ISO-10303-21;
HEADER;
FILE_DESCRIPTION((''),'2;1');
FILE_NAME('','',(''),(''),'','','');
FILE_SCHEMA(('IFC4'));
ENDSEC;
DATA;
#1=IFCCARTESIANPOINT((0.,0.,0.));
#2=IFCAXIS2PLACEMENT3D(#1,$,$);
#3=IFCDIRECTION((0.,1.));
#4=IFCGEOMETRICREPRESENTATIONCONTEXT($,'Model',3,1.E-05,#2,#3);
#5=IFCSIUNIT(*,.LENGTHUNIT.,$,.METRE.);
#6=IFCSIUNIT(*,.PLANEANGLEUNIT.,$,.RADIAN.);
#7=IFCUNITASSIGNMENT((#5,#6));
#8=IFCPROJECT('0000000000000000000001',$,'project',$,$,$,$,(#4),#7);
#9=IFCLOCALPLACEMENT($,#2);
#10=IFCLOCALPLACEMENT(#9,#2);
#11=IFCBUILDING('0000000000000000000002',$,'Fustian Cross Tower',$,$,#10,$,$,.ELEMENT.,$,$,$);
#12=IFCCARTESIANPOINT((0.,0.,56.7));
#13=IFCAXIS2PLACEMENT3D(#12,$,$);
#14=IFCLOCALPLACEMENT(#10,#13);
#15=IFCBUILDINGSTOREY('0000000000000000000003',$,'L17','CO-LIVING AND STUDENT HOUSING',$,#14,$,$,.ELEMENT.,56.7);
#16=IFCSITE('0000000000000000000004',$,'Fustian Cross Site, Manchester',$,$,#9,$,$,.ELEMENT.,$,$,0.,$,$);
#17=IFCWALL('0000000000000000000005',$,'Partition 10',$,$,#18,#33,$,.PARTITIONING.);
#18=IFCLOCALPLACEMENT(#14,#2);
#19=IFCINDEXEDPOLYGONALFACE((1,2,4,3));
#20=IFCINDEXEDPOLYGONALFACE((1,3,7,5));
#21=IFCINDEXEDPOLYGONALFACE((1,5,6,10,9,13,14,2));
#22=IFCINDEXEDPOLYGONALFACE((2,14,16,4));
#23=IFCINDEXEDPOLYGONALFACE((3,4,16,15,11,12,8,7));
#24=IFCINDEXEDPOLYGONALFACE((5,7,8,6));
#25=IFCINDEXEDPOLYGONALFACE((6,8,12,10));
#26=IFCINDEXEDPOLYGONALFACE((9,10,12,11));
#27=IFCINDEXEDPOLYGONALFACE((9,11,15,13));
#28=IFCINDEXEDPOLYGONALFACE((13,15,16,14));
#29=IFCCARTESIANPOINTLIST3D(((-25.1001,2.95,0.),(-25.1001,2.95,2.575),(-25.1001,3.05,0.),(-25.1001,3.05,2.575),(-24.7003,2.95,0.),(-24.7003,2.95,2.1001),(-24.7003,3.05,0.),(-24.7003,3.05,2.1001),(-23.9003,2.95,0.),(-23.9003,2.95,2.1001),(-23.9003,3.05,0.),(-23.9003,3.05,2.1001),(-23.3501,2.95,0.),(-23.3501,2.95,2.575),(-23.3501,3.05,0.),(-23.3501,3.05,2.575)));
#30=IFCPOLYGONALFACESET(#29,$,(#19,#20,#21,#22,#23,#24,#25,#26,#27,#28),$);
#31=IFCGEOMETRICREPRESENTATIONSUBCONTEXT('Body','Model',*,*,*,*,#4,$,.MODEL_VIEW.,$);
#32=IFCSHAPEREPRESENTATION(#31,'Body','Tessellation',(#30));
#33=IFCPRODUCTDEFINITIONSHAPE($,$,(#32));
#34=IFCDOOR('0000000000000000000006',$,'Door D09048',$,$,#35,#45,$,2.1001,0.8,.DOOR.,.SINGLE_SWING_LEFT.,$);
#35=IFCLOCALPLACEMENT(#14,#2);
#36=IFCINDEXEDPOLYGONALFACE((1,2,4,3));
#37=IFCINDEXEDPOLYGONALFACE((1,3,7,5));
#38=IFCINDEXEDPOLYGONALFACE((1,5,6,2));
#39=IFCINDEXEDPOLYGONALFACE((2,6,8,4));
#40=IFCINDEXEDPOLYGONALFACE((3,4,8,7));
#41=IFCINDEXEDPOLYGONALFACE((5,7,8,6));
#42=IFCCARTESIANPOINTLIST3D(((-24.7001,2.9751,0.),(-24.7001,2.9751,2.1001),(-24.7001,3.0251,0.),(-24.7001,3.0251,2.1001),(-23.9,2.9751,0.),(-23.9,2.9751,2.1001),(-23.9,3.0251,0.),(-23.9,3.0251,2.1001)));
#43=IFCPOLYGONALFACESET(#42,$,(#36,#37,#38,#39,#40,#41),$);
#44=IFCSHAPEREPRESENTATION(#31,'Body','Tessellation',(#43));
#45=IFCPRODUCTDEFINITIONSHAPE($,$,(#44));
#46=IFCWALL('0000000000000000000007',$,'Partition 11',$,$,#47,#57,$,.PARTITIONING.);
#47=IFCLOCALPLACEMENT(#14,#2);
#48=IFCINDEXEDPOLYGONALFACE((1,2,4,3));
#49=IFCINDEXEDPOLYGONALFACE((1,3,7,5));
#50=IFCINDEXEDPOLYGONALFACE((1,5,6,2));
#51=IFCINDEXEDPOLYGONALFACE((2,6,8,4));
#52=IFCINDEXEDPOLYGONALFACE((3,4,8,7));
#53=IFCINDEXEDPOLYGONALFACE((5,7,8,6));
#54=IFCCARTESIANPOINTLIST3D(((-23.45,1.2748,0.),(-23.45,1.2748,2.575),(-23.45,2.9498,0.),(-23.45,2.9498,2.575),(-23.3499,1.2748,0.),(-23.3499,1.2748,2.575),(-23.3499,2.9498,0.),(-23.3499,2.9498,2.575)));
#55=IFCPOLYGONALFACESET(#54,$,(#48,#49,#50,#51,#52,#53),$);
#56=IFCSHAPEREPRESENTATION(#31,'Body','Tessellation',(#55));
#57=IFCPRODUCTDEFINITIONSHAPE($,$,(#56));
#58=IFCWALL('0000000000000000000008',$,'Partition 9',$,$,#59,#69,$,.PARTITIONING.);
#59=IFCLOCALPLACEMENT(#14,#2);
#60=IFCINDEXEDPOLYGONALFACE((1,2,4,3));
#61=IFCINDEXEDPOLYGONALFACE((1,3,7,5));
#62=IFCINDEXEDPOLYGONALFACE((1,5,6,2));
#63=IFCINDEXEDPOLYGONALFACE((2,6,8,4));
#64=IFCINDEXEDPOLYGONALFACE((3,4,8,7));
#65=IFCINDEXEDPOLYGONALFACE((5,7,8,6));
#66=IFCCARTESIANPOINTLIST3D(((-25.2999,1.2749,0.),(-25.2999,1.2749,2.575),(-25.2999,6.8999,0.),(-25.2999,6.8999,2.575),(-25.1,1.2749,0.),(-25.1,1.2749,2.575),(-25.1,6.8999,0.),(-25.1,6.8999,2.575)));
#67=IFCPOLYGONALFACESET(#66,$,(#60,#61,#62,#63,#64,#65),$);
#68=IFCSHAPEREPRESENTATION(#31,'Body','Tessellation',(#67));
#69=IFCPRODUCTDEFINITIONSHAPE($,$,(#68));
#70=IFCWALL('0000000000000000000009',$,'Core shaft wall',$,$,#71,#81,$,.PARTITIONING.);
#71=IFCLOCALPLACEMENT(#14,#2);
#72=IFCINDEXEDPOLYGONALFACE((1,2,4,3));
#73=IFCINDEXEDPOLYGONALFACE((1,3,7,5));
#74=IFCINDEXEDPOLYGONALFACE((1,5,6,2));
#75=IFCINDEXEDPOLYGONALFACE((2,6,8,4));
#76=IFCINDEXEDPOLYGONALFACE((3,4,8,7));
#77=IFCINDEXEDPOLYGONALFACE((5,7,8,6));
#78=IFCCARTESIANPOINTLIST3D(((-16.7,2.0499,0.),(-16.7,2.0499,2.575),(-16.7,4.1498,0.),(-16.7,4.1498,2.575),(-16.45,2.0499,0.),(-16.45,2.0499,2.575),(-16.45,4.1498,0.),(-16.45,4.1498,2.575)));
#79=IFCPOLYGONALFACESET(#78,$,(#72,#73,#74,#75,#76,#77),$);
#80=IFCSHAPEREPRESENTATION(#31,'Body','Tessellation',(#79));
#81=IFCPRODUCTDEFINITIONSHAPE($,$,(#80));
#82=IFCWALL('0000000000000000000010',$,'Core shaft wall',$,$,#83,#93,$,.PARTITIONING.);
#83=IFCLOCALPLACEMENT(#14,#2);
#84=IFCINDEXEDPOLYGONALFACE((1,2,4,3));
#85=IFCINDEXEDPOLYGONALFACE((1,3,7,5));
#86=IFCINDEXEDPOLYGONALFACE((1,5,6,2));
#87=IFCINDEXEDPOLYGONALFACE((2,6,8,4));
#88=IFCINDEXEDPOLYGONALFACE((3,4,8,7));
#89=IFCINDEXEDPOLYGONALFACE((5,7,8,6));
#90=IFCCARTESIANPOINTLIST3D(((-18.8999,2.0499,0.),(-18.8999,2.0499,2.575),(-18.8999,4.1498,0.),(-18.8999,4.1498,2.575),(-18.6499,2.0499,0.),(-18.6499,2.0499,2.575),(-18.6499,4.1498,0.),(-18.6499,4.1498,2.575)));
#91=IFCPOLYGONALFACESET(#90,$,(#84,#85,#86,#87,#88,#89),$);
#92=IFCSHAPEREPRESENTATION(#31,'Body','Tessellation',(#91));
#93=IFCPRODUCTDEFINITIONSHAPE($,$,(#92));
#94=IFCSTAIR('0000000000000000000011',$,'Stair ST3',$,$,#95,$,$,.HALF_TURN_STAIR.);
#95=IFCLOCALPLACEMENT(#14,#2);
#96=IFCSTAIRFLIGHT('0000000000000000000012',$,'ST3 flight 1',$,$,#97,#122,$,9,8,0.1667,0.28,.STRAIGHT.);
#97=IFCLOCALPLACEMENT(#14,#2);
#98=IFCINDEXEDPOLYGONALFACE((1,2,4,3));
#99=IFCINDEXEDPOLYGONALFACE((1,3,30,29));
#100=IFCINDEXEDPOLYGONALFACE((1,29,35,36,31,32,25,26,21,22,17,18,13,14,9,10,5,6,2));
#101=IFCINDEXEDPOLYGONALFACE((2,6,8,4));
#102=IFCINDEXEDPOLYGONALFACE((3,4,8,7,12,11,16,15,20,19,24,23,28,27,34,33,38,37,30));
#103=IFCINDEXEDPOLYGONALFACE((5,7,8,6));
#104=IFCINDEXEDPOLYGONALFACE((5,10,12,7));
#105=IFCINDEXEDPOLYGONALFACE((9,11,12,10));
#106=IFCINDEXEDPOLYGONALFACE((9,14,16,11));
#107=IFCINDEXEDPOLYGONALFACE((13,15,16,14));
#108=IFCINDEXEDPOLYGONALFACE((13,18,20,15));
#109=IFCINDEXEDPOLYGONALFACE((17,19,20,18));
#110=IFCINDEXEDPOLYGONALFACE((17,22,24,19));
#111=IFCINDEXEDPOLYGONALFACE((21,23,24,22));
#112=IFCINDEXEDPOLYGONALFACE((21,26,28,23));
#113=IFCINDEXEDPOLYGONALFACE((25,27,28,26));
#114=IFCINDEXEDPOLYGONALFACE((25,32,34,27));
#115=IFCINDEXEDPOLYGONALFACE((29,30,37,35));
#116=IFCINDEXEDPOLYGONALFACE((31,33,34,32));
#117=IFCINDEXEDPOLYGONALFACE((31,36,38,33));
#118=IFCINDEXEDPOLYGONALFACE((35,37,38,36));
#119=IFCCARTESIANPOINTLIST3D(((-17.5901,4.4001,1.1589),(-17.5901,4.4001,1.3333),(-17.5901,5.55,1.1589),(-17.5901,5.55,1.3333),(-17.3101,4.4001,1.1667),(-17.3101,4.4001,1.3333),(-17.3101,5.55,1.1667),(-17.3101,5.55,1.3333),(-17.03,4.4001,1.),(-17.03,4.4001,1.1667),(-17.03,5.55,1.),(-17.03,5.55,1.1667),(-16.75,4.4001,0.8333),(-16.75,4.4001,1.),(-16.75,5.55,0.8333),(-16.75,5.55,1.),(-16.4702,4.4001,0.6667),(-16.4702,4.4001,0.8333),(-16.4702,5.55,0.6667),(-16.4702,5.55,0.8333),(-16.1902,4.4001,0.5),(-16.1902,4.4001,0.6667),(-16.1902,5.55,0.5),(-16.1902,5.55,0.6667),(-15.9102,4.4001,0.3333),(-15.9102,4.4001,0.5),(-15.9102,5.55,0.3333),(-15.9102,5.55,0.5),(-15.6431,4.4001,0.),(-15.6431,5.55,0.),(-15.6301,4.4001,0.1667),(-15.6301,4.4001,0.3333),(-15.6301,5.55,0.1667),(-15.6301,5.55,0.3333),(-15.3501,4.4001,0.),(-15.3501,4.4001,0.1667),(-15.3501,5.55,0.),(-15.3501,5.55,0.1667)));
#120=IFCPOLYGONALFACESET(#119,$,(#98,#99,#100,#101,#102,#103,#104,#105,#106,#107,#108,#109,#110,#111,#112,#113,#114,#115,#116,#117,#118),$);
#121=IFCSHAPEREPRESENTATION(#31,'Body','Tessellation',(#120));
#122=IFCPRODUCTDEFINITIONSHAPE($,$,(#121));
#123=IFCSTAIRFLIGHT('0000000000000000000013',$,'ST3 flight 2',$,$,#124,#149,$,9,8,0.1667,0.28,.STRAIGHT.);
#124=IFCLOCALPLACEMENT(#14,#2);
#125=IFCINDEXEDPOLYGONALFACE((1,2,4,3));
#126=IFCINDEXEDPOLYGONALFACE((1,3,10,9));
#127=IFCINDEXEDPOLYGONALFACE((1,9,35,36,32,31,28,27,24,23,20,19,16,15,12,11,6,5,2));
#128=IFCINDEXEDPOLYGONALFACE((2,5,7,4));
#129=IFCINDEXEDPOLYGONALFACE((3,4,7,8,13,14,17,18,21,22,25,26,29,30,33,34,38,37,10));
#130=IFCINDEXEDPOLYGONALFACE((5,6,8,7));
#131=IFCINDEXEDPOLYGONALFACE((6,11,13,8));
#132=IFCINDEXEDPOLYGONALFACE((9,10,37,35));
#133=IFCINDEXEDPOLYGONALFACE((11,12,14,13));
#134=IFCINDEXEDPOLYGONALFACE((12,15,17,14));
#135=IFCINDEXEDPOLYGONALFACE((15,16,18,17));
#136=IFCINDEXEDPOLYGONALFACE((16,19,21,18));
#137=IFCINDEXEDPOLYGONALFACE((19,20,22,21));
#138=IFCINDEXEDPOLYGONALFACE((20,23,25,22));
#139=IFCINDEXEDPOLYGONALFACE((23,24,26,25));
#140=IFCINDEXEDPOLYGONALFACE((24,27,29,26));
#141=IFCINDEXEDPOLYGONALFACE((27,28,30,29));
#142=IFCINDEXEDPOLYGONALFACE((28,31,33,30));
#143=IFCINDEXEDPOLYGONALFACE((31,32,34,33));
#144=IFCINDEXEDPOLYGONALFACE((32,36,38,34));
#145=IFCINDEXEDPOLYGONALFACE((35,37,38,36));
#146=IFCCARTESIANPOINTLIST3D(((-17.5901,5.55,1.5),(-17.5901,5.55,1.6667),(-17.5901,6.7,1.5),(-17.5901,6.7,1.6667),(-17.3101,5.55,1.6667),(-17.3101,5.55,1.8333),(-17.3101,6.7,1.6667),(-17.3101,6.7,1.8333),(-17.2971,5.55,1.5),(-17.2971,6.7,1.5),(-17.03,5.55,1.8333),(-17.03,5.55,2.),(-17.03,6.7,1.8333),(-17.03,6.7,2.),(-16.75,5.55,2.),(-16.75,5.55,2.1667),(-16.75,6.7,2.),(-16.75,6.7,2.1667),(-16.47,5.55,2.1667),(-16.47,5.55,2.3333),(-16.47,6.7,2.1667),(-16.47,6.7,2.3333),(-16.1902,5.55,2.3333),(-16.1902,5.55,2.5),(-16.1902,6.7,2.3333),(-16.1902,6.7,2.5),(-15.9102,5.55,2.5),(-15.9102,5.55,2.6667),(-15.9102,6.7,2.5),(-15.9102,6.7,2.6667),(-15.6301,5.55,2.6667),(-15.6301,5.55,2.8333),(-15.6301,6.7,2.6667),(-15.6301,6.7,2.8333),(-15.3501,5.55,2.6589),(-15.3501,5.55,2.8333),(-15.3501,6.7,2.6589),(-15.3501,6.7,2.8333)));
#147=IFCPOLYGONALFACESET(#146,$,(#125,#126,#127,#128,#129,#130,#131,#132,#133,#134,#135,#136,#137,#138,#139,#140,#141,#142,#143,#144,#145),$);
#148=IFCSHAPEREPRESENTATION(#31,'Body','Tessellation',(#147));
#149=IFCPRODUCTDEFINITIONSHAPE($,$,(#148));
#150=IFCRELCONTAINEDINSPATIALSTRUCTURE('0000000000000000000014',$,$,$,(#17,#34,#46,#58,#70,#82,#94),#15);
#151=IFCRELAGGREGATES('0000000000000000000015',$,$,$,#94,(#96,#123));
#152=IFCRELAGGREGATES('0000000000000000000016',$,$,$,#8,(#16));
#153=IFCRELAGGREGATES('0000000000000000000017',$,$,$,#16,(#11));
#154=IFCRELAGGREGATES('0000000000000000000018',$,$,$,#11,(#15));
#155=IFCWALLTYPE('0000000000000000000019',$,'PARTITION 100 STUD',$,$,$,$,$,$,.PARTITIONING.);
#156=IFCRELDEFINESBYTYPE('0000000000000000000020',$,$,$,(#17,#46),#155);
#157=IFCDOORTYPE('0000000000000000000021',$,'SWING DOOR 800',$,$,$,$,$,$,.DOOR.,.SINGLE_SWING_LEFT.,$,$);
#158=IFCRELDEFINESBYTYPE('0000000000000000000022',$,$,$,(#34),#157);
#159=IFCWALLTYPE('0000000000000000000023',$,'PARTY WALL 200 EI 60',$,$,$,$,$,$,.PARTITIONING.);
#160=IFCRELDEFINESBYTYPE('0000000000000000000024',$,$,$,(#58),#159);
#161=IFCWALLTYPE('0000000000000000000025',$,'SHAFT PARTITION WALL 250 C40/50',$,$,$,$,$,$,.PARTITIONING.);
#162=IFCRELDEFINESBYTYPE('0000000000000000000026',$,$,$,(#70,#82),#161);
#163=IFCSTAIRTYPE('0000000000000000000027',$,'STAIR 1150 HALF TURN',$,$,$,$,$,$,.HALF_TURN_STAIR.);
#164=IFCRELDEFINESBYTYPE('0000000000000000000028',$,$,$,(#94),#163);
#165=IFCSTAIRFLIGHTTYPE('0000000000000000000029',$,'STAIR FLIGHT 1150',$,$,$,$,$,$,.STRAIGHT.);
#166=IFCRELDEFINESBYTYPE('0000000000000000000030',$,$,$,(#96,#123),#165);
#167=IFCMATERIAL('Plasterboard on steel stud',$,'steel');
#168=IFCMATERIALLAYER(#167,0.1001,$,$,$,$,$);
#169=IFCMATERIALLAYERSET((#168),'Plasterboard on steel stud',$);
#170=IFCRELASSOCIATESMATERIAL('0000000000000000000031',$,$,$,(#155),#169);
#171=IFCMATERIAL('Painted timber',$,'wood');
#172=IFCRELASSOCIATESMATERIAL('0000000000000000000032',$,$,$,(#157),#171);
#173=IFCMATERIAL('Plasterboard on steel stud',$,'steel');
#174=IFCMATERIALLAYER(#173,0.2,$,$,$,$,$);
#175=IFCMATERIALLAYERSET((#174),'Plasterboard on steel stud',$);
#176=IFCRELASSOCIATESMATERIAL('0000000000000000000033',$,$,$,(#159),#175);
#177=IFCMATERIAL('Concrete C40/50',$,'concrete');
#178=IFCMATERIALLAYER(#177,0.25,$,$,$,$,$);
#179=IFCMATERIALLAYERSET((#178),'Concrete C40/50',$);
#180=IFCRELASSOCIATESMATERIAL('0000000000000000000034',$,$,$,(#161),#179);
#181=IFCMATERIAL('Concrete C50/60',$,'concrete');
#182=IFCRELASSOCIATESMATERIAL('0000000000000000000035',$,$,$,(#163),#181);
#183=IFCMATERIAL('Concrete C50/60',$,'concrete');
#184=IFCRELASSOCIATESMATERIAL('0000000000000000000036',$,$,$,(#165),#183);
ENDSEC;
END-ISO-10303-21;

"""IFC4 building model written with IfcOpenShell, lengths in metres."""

from ifc_helpers import new_model, si_unit, direction, frame, frame_2d, origin, place, context, subcontext, project, spatial, polyline, rectangle, outline, extrude, material, layer, layer_set, type_object, element, fill, aggregate, save


model = new_model("IFC4")

# Units and contexts
model_context = context("Model", 3, precision=1e-05, world=origin(), true_north=direction((0.0, 1.0)))
body_context = subcontext(model_context, "Body", "Model", "MODEL_VIEW")
ifc_project = project(units=[si_unit("LENGTHUNIT", "METRE"), si_unit("PLANEANGLEUNIT", "RADIAN")], contexts=[model_context])

# Site, building, storey
site_placement = place(None, origin())
site = spatial("IfcSite", under=ifc_project, at=site_placement, Name="Fustian Cross Site, Manchester", CompositionType="ELEMENT", RefElevation=0.0)
building_placement = place(site_placement, origin())
building = spatial("IfcBuilding", under=site, at=building_placement, Name="Fustian Cross Tower", CompositionType="ELEMENT")
storey_placement = place(building_placement, frame((0.0, 0.0, 56.7)))
storey = spatial("IfcBuildingStorey", under=building, at=storey_placement, Name="L17", Description="CO-LIVING AND STUDENT HOUSING", CompositionType="ELEMENT", Elevation=56.7)

# Shared definitions
ifc_material_1 = material(Name="Plasterboard on steel stud", Category="steel")
ifc_layer_1 = layer(ifc_material_1, 0.1001)
ifc_layer_set_1 = layer_set([ifc_layer_1], Name="Plasterboard on steel stud")
wall_type_1 = type_object("IfcWallType", Name="PARTITION 100 STUD", PredefinedType="PARTITIONING", material=ifc_layer_set_1)
ifc_material_2 = material(Name="Painted timber", Category="wood")
door_type_1 = type_object("IfcDoorType", Name="SWING DOOR 800", OperationType="SINGLE_SWING_LEFT", PredefinedType="DOOR", material=ifc_material_2)

# Wall, opening, door
wall_1_placement = place(storey_placement, frame((-25.1001, 3.0, 0.0), z_axis=(0.0, 0.0, 1.0), x_axis=(1.0, 0.0, 0.0)))
wall_1 = element("IfcWall", 1, at=wall_1_placement, inside=storey, type_object=wall_type_1, Name="Partition 10", PredefinedType="PARTITIONING", context=body_context, shape_type="SweptSolid", body=[
    extrude(rectangle(XDim=1.75, YDim=0.1001, at=frame_2d((0.875, 0.0))), origin(), (0.0, 0.0, 1.0), 2.575),
])
opening_1_placement = place(wall_1_placement, frame((0.3999, 0.0, 0.0)))
opening_1 = element("IfcOpeningElement", 2, at=opening_1_placement, cuts=wall_1, PredefinedType="OPENING", context=body_context, shape_type="SweptSolid", body=[
    extrude(rectangle(XDim=0.8, YDim=2.1001, at=frame_2d((0.3999, 1.05))), frame((0.0, 0.0601, 0.0), z_axis=(0.0, -1.0, 0.0), x_axis=(1.0, 0.0, 0.0)), (0.0, 0.0, 1.0), 0.1201),
])
door_1_placement = place(opening_1_placement, frame((0.8, 0.0, 0.0), z_axis=(0.0, 0.0, 1.0), x_axis=(-1.0, 0.0, 0.0)))
door_1 = element("IfcDoor", 3, at=door_1_placement, inside=storey, type_object=door_type_1, Name="Door D09048", OperationType="SINGLE_SWING_LEFT", OverallHeight=2.1001, OverallWidth=0.8, PredefinedType="DOOR", context=body_context, shape_type="SweptSolid", body=[
    extrude(rectangle(XDim=0.8, YDim=2.1001, at=frame_2d((0.3999, 1.05))), frame((0.0, 0.0249, 0.0), z_axis=(0.0, -1.0, 0.0), x_axis=(1.0, 0.0, 0.0)), (0.0, 0.0, 1.0), 0.05),
])
fill(opening_1, door_1)

# Walls
wall_2_placement = place(storey_placement, frame((-23.3999, 1.2749, 0.0), z_axis=(0.0, 0.0, 1.0), x_axis=(0.0, 1.0, 0.0)))
element("IfcWall", 4, at=wall_2_placement, inside=storey, type_object=wall_type_1, Name="Partition 11", PredefinedType="PARTITIONING", context=body_context, shape_type="SweptSolid", body=[
    extrude(rectangle(XDim=1.675, YDim=0.1001, at=frame_2d((0.8374, 0.0))), origin(), (0.0, 0.0, 1.0), 2.575),
])
ifc_material_3 = material(Name="Plasterboard on steel stud", Category="steel")
ifc_layer_2 = layer(ifc_material_3, 0.2)
ifc_layer_set_2 = layer_set([ifc_layer_2], Name="Plasterboard on steel stud")
wall_type_2 = type_object("IfcWallType", Name="PARTY WALL 200 EI 60", PredefinedType="PARTITIONING", material=ifc_layer_set_2)
wall_3_placement = place(storey_placement, frame((-25.2, 1.2749, 0.0), z_axis=(0.0, 0.0, 1.0), x_axis=(0.0, 1.0, 0.0)))
element("IfcWall", 5, at=wall_3_placement, inside=storey, type_object=wall_type_2, Name="Partition 9", PredefinedType="PARTITIONING", context=body_context, shape_type="SweptSolid", body=[
    extrude(rectangle(XDim=5.625, YDim=0.2, at=frame_2d((2.8125, 0.0))), origin(), (0.0, 0.0, 1.0), 2.575),
])
ifc_material_4 = material(Name="Concrete C40/50", Category="concrete")
ifc_layer_3 = layer(ifc_material_4, 0.25)
ifc_layer_set_3 = layer_set([ifc_layer_3], Name="Concrete C40/50")
wall_type_3 = type_object("IfcWallType", Name="SHAFT PARTITION WALL 250 C40/50", PredefinedType="PARTITIONING", material=ifc_layer_set_3)
for number, where, z_axis, x_axis, name in (
    (6, (-16.575, 2.05, 0.0), (0.0, 0.0, 1.0), (0.0, 1.0, 0.0), "Core shaft wall"),
    (7, (-18.7749, 2.05, 0.0), (0.0, 0.0, 1.0), (0.0, 1.0, 0.0), "Core shaft wall"),
):
    element("IfcWall", number, at=place(storey_placement, frame(where, z_axis=z_axis, x_axis=x_axis)), inside=storey, type_object=wall_type_3, Name=name, PredefinedType="PARTITIONING", context=body_context, shape_type="SweptSolid", body=[
        extrude(rectangle(XDim=2.0999, YDim=0.25, at=frame_2d((1.0498, 0.0))), origin(), (0.0, 0.0, 1.0), 2.575),
    ])

# Stair, stair flights
ifc_material_5 = material(Name="Concrete C50/60", Category="concrete")
stair_type = type_object("IfcStairType", Name="STAIR 1150 HALF TURN", PredefinedType="HALF_TURN_STAIR", material=ifc_material_5)
stair_placement = place(storey_placement, origin())
stair = element("IfcStair", 8, at=stair_placement, inside=storey, type_object=stair_type, Name="Stair ST3", PredefinedType="HALF_TURN_STAIR")
ifc_material_6 = material(Name="Concrete C50/60", Category="concrete")
stair_flight_type = type_object("IfcStairFlightType", Name="STAIR FLIGHT 1150", PredefinedType="STRAIGHT", material=ifc_material_6)
stair_flight_1_placement = place(storey_placement, frame((-15.3501, 4.9751, 0.0), z_axis=(0.0, 0.0, 1.0), x_axis=(-1.0, 0.0, 0.0)))
stair_flight_1 = element("IfcStairFlight", 9, at=stair_flight_1_placement, type_object=stair_flight_type, Name="ST3 flight 1", NumberOfRisers=9, NumberOfTreads=8, PredefinedType="STRAIGHT", RiserHeight=0.1667, TreadLength=0.28, context=body_context, shape_type="SweptSolid", body=[
    extrude(outline(polyline([(0.0, 0.0), (0.0, 0.1667), (0.28, 0.1667), (0.28, 0.3333), (0.5601, 0.3333), (0.5601, 0.5), (0.8401, 0.5), (0.8401, 0.6667), (1.1201, 0.6667), (1.1201, 0.8333), (1.3999, 0.8333), (1.3999, 1.0), (1.6799, 1.0), (1.6799, 1.1667), (1.96, 1.1667), (1.96, 1.3333), (2.24, 1.3333), (2.24, 1.5), (2.24, 1.1589), (0.293, 0.0), (0.0, 0.0)])), frame((0.0, 0.575, 0.0), z_axis=(0.0, -1.0, 0.0), x_axis=(1.0, 0.0, 0.0)), (0.0, 0.0, 1.0), 1.1499),
])
stair_flight_2_placement = place(storey_placement, frame((-17.5901, 6.125, 1.5), z_axis=(0.0, 0.0, 1.0), x_axis=(1.0, 0.0, 0.0)))
stair_flight_2 = element("IfcStairFlight", 10, at=stair_flight_2_placement, type_object=stair_flight_type, Name="ST3 flight 2", NumberOfRisers=9, NumberOfTreads=8, PredefinedType="STRAIGHT", RiserHeight=0.1667, TreadLength=0.28, context=body_context, shape_type="SweptSolid", body=[
    extrude(outline(polyline([(0.0, 0.0), (0.0, 0.1667), (0.28, 0.1667), (0.28, 0.3333), (0.5601, 0.3333), (0.5601, 0.5), (0.8401, 0.5), (0.8401, 0.6667), (1.1201, 0.6667), (1.1201, 0.8333), (1.3999, 0.8333), (1.3999, 1.0), (1.6799, 1.0), (1.6799, 1.1667), (1.96, 1.1667), (1.96, 1.3333), (2.24, 1.3333), (2.24, 1.5), (2.24, 1.1589), (0.293, 0.0), (0.0, 0.0)])), frame((0.0, 0.575, 0.0), z_axis=(0.0, -1.0, 0.0), x_axis=(1.0, 0.0, 0.0)), (0.0, 0.0, 1.0), 1.1499),
])
aggregate(stair, [stair_flight_1, stair_flight_2])

save(model, "model.ifc")
